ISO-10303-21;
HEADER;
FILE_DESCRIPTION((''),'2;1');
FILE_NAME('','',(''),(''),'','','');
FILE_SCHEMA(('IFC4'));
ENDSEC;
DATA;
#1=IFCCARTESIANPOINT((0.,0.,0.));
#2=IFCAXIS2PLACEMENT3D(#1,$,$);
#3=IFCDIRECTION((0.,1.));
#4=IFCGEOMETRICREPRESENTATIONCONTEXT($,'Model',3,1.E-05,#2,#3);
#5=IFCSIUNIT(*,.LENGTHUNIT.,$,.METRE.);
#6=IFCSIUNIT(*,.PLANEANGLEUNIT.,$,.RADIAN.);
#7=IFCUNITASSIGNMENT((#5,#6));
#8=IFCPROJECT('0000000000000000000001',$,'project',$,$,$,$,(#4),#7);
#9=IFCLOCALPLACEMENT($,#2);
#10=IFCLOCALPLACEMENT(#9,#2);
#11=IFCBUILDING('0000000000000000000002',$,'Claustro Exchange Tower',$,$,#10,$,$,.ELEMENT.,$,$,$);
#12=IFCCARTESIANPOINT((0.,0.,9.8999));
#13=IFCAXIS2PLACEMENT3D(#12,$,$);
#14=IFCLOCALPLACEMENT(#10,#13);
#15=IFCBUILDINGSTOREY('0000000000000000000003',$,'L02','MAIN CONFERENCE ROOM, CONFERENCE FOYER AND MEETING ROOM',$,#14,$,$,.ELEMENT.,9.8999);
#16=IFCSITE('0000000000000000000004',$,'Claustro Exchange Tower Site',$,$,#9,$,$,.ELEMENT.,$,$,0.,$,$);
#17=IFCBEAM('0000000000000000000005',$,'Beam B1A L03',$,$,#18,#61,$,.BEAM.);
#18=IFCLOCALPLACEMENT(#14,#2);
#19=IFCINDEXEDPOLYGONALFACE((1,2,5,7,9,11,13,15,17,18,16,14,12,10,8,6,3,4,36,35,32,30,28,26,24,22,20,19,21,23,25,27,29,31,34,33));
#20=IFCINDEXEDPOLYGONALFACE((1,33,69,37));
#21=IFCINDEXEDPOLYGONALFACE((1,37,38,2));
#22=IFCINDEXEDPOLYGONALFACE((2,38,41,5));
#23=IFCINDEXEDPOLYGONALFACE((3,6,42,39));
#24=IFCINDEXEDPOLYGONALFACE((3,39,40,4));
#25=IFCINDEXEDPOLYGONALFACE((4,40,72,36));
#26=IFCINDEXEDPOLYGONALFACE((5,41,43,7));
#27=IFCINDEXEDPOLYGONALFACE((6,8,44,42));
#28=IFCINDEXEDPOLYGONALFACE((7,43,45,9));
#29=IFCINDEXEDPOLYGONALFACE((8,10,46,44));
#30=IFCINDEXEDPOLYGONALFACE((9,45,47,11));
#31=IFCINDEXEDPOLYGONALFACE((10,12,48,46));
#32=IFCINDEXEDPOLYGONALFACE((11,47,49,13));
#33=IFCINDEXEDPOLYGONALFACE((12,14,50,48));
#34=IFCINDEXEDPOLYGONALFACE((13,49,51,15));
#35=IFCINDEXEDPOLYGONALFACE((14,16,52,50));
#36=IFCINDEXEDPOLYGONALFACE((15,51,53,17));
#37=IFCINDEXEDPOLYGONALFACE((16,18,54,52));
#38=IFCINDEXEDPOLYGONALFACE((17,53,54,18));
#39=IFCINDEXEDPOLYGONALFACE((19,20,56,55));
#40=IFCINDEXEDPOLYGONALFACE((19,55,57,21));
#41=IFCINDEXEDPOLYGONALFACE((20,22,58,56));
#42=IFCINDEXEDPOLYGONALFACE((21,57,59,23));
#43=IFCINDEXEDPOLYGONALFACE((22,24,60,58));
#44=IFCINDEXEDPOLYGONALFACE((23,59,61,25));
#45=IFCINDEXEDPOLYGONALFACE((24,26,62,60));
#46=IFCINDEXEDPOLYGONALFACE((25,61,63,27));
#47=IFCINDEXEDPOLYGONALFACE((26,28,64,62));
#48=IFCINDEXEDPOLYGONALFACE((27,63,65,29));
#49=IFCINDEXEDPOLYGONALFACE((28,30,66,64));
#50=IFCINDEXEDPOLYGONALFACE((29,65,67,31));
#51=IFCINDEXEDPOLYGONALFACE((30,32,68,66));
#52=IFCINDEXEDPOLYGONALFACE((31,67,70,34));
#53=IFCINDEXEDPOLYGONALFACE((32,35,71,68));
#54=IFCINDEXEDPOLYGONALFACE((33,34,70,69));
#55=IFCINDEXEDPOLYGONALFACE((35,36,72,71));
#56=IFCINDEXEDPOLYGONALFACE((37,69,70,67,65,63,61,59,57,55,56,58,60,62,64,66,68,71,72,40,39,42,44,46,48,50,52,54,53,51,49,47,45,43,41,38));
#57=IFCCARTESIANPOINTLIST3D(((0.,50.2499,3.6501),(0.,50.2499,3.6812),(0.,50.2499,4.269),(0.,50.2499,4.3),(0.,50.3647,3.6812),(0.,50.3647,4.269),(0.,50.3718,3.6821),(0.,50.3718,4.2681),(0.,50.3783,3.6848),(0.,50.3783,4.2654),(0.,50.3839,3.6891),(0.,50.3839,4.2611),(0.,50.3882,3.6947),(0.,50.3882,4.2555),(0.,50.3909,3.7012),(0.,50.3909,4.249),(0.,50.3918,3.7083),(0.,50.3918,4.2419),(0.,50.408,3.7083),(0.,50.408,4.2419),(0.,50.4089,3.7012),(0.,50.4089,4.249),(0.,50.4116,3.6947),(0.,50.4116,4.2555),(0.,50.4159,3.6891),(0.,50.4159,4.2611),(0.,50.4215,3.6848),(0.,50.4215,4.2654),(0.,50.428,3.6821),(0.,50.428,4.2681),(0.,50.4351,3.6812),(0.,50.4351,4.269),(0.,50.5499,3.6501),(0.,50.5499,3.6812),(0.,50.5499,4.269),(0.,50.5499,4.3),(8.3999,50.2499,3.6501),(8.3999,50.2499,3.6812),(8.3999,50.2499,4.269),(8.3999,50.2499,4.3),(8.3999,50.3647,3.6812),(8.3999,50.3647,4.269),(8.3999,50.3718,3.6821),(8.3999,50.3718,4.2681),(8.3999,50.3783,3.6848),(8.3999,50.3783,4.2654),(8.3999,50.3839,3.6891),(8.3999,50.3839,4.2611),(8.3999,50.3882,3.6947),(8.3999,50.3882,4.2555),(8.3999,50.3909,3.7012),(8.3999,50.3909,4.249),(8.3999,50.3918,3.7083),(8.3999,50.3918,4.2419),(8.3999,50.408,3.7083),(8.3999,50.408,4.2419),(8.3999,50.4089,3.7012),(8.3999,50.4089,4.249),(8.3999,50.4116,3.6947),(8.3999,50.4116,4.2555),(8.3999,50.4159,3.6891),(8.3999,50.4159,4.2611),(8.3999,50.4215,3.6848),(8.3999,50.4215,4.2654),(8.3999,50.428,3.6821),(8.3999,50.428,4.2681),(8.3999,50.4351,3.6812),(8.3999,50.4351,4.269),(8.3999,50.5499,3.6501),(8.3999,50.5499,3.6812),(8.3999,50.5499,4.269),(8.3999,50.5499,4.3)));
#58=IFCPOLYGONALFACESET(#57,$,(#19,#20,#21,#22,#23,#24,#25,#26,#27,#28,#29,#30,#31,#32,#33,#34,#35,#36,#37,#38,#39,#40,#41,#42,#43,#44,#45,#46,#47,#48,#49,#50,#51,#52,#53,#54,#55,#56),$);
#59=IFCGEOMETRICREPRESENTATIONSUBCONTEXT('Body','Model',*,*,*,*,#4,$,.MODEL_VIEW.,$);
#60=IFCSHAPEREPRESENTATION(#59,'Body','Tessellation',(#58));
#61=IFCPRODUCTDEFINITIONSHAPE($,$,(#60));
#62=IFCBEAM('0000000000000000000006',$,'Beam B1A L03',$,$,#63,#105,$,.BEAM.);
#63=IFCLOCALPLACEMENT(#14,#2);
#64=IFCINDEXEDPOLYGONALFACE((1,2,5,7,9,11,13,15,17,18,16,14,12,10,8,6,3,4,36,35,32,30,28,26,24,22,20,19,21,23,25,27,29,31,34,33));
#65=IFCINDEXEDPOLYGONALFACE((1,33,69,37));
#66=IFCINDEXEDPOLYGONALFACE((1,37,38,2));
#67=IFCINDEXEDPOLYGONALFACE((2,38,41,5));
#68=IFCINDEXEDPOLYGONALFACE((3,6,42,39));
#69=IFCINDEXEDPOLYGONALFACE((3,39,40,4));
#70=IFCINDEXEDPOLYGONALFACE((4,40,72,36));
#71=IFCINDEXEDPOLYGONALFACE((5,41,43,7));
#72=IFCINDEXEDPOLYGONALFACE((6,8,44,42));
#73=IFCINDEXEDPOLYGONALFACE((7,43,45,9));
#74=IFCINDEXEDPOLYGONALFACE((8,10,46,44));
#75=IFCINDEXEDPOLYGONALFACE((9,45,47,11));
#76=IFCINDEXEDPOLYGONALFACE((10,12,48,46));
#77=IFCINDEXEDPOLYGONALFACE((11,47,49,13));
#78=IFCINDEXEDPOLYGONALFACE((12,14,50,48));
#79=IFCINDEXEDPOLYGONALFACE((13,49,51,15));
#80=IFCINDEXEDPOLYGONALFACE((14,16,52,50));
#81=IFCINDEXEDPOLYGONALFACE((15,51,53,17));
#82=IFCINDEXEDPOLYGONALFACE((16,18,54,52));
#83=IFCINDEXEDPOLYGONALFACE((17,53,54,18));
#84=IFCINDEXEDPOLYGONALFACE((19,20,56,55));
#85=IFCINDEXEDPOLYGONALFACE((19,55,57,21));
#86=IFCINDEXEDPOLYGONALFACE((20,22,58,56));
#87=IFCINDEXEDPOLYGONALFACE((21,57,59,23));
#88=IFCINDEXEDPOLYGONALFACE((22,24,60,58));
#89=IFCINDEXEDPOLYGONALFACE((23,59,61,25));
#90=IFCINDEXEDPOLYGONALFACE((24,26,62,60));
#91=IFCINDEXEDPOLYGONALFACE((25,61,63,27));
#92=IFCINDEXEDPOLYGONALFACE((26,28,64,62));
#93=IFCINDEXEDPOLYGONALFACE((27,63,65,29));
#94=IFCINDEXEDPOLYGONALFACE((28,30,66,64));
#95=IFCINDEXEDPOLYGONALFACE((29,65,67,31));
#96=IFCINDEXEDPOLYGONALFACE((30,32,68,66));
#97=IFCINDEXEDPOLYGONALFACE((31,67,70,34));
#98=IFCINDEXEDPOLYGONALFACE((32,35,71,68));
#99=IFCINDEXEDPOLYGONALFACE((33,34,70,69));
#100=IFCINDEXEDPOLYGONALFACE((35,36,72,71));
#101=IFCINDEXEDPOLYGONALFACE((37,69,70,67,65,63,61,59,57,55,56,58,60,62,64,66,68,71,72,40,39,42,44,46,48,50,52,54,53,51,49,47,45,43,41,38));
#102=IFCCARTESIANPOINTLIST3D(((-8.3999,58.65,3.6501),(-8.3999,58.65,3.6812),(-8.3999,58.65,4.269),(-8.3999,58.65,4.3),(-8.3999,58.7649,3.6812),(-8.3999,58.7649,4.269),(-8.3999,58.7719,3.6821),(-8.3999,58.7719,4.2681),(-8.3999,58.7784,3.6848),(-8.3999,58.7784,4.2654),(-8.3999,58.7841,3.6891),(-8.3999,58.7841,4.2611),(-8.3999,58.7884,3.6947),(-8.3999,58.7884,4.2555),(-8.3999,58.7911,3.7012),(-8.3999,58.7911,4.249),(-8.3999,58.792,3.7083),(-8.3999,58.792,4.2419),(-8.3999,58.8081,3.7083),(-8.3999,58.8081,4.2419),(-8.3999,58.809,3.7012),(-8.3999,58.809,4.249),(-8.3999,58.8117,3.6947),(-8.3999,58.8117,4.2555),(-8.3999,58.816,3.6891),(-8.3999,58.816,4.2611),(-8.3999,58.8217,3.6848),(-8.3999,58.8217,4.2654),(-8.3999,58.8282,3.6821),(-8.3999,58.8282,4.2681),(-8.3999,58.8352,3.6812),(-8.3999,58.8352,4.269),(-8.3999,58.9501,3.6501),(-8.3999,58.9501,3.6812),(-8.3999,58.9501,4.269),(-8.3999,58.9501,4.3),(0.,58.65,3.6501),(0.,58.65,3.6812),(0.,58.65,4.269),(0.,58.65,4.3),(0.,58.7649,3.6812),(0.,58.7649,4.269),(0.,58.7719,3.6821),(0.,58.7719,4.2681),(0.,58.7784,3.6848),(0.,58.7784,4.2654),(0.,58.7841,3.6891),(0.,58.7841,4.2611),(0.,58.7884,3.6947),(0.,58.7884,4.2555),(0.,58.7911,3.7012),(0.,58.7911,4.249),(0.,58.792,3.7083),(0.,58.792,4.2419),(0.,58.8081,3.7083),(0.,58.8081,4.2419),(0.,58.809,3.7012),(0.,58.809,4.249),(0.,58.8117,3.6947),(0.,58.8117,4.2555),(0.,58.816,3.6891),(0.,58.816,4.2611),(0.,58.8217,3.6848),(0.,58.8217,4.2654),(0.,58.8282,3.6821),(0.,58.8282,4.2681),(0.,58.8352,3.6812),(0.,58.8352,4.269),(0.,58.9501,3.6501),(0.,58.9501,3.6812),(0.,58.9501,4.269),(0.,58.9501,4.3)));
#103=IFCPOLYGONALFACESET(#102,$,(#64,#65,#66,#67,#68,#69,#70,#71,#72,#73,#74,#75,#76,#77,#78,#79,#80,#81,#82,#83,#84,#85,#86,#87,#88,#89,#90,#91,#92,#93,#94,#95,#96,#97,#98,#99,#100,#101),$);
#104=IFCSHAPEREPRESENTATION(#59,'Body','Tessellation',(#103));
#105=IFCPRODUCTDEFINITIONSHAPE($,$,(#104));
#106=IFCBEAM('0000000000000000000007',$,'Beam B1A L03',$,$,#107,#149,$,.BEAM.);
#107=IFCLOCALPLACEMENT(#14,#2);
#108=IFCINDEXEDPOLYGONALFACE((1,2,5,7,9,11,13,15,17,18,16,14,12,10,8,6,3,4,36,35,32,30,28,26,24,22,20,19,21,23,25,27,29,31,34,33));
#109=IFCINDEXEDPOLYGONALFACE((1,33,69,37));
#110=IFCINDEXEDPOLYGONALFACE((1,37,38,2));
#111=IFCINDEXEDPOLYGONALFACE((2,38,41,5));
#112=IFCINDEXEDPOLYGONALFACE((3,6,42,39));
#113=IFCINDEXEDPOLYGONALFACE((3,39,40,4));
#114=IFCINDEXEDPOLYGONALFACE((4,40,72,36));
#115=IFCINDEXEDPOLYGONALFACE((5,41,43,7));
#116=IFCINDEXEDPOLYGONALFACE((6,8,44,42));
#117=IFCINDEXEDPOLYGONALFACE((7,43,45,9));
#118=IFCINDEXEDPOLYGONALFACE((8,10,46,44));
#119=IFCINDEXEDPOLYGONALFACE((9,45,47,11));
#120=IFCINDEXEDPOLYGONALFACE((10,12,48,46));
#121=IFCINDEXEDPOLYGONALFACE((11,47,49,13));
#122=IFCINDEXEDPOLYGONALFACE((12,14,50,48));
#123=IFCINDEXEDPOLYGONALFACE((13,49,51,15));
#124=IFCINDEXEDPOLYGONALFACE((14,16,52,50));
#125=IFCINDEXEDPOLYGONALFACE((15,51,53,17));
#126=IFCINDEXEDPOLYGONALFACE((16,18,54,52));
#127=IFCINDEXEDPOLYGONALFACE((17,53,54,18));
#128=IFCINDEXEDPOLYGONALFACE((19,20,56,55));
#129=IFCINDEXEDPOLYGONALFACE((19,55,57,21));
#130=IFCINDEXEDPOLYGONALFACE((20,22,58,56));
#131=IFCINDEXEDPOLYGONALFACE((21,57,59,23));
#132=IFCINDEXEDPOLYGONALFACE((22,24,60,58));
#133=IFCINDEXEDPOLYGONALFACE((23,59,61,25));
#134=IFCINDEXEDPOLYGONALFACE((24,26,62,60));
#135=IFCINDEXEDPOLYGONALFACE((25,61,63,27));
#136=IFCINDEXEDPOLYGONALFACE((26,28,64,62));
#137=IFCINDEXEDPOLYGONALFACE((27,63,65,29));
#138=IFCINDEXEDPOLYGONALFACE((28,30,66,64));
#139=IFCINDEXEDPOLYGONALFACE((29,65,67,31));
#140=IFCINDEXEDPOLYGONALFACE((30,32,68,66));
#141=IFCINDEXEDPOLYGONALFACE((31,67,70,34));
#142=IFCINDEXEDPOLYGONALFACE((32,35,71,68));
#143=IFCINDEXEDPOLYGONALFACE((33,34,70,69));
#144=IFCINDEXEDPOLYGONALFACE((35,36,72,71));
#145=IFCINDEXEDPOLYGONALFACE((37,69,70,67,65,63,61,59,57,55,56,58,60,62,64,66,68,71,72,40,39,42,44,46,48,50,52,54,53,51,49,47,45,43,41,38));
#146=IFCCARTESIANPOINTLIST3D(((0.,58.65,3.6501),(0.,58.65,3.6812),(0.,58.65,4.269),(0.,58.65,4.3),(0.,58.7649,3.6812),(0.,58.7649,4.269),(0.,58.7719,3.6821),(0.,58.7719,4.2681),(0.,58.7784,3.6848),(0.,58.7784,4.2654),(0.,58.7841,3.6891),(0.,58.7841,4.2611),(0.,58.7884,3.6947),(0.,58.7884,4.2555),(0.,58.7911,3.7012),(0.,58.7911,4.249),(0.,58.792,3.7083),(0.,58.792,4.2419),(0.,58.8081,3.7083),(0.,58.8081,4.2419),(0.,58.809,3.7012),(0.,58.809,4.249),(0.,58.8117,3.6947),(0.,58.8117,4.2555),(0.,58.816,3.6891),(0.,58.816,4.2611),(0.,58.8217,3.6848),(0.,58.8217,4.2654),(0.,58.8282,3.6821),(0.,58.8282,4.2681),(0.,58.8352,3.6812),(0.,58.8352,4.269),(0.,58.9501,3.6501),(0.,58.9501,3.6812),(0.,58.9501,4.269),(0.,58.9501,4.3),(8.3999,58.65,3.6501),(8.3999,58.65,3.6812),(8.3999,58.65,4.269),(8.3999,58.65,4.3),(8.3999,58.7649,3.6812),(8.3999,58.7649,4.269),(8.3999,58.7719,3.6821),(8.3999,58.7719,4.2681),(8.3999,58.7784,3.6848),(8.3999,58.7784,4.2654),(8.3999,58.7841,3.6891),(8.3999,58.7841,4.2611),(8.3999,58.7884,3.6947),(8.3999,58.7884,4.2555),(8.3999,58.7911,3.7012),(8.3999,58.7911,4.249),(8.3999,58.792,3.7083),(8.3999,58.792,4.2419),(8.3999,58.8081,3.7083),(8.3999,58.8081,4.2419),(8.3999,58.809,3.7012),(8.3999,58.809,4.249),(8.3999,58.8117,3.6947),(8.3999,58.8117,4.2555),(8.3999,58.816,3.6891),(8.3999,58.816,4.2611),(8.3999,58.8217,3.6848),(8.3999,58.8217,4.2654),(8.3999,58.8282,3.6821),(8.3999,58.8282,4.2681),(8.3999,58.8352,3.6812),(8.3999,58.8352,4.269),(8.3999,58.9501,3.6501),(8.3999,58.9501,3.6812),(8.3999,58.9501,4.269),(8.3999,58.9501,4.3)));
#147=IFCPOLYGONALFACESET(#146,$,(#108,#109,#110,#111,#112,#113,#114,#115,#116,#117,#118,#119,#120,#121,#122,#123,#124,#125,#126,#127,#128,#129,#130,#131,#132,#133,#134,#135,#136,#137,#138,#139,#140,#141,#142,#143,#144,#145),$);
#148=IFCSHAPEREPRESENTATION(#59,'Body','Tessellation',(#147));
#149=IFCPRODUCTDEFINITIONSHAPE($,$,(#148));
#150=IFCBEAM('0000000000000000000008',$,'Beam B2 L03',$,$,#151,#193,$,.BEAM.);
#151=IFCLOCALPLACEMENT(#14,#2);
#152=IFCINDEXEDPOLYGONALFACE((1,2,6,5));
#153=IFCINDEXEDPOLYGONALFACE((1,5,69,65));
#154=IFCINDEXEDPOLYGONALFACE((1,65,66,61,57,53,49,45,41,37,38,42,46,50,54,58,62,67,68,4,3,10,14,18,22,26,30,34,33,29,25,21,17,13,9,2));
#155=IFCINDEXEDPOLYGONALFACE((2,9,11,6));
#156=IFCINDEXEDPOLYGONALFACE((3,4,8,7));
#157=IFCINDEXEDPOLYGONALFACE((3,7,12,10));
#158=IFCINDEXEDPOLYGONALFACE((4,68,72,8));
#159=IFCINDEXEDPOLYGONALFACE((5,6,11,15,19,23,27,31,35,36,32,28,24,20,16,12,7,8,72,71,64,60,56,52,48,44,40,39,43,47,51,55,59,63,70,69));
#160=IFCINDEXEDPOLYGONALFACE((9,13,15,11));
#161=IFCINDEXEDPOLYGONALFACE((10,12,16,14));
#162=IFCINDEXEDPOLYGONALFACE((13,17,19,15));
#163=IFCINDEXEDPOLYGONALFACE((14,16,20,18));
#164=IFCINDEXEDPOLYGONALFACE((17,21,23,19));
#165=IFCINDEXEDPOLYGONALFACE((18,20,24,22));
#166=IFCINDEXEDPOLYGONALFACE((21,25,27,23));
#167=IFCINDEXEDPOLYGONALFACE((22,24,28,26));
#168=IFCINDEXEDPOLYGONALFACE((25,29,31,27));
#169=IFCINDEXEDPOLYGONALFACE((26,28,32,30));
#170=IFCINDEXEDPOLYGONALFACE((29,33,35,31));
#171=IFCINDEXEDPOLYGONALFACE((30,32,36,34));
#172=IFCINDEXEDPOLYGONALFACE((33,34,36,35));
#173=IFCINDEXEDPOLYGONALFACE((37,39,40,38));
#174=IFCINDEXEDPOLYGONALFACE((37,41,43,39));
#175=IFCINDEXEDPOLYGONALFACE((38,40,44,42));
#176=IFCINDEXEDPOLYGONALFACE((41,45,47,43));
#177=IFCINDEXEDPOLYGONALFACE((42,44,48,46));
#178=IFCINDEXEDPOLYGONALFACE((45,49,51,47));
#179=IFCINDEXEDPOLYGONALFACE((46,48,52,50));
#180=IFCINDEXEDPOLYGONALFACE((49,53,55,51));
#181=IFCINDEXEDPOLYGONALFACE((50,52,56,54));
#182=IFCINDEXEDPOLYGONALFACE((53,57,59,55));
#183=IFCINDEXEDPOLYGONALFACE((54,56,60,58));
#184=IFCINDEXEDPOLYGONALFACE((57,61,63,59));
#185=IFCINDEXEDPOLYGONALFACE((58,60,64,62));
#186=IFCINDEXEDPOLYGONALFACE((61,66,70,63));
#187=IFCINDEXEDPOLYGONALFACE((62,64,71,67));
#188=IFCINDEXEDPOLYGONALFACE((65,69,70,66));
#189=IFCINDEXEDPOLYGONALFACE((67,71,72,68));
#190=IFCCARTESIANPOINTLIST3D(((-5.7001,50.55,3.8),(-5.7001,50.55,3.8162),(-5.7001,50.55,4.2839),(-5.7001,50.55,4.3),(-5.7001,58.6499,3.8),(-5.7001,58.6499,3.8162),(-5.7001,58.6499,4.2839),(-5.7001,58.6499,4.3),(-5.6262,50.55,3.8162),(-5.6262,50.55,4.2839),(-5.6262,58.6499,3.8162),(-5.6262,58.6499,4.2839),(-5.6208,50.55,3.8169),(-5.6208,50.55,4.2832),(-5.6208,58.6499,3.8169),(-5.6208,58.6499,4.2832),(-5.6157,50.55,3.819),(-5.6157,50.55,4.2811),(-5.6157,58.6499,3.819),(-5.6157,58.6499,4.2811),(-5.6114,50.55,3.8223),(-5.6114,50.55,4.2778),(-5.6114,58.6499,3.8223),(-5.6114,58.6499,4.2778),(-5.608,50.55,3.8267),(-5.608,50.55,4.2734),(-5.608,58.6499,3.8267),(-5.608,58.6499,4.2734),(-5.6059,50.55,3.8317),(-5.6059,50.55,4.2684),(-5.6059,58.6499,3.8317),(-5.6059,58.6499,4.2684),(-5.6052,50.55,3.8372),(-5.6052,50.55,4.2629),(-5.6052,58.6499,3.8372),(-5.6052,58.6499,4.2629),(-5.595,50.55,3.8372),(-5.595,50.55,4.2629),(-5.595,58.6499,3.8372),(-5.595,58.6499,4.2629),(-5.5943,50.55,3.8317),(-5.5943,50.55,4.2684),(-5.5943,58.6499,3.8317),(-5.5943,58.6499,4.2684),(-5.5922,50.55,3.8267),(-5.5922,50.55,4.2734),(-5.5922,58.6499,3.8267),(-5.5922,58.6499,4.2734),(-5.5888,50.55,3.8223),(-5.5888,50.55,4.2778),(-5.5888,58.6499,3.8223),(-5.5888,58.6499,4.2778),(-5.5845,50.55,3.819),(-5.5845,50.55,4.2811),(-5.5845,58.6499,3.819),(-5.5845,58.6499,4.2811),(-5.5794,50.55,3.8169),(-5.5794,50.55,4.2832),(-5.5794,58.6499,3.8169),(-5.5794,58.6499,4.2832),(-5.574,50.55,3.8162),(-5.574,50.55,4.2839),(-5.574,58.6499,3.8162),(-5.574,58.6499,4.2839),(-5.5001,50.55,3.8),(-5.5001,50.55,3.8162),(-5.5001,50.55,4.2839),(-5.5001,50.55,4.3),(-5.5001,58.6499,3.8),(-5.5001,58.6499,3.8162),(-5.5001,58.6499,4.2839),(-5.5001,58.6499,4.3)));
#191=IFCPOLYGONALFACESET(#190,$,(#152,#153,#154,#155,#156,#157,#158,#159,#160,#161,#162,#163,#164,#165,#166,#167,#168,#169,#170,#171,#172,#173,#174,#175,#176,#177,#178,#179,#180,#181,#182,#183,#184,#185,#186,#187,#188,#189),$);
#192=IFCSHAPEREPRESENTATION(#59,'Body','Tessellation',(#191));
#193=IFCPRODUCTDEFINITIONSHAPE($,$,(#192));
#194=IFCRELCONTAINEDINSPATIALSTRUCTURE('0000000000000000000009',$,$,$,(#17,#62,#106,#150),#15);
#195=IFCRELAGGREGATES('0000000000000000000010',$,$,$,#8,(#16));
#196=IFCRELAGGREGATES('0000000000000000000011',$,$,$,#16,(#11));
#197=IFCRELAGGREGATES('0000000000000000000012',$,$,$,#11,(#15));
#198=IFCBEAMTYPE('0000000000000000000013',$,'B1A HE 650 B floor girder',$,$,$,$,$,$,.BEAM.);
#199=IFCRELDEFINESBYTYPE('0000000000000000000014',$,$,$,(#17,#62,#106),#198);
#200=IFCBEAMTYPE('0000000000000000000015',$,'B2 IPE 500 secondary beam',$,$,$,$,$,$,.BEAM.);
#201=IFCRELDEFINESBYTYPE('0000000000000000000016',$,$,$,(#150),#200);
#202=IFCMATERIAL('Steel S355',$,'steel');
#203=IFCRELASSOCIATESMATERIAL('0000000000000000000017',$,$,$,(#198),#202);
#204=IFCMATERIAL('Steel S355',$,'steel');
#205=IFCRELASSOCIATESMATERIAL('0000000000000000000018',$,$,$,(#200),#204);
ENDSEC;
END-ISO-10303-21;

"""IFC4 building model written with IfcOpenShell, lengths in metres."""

from ifc_helpers import new_model, si_unit, direction, frame, origin, origin_2d, place, context, subcontext, project, spatial, i_section, extrude, material, material_profile, profile_set, type_object, element, save


model = new_model("IFC4")

# Units and contexts
model_context = context("Model", 3, precision=1e-05, world=origin(), true_north=direction((0.0, 1.0)))
body_context = subcontext(model_context, "Body", "Model", "MODEL_VIEW")
ifc_project = project(units=[si_unit("LENGTHUNIT", "METRE"), si_unit("PLANEANGLEUNIT", "RADIAN")], contexts=[model_context])

# Site, building, storey
site_placement = place(None, origin())
site = spatial("IfcSite", under=ifc_project, at=site_placement, Name="Claustro Exchange Tower Site", CompositionType="ELEMENT", RefElevation=0.0)
building_placement = place(site_placement, origin())
building = spatial("IfcBuilding", under=site, at=building_placement, Name="Claustro Exchange Tower", CompositionType="ELEMENT")
storey_placement = place(building_placement, frame((0.0, 0.0, 9.8999)))
storey = spatial("IfcBuildingStorey", under=building, at=storey_placement, Name="L02", Description="MAIN CONFERENCE ROOM, CONFERENCE FOYER AND MEETING ROOM", CompositionType="ELEMENT", Elevation=9.8999)

# Beams
ifc_material_1 = material(Name="Steel S355", Category="steel")
ifc_material_profile_1 = material_profile(ifc_material_1, i_section(OverallWidth=0.3, OverallDepth=0.6499, WebThickness=0.0161, FlangeThickness=0.031, FilletRadius=0.0271, at=origin_2d()), Name="HE 650 B")
ifc_profile_set_1 = profile_set([ifc_material_profile_1], Name="Steel S355")
beam_type_1 = type_object("IfcBeamType", Name="B1A HE 650 B floor girder", PredefinedType="BEAM", material=ifc_profile_set_1)
for number, where, z_axis, x_axis, name in (
    (1, (0.0, 50.3999, 3.9751), (1.0, 0.0, 0.0), (0.0, 1.0, 0.0), "Beam B1A L03"),
    (2, (-8.3999, 58.8, 3.9751), (1.0, 0.0, 0.0), (0.0, 1.0, 0.0), "Beam B1A L03"),
    (3, (0.0, 58.8, 3.9751), (1.0, 0.0, 0.0), (0.0, 1.0, 0.0), "Beam B1A L03"),
):
    element("IfcBeam", number, at=place(storey_placement, frame(where, z_axis=z_axis, x_axis=x_axis)), inside=storey, type_object=beam_type_1, Name=name, PredefinedType="BEAM", context=body_context, shape_type="SweptSolid", body=[
        extrude(i_section(OverallWidth=0.3, OverallDepth=0.6499, WebThickness=0.0161, FlangeThickness=0.031, FilletRadius=0.0271, at=origin_2d()), origin(), (0.0, 0.0, 1.0), 8.3999),
    ])
ifc_material_2 = material(Name="Steel S355", Category="steel")
ifc_material_profile_2 = material_profile(ifc_material_2, i_section(OverallWidth=0.2, OverallDepth=0.5, WebThickness=0.0103, FlangeThickness=0.0161, FilletRadius=0.021, at=origin_2d()), Name="IPE 500")
ifc_profile_set_2 = profile_set([ifc_material_profile_2], Name="Steel S355")
beam_type_2 = type_object("IfcBeamType", Name="B2 IPE 500 secondary beam", PredefinedType="BEAM", material=ifc_profile_set_2)
for number, where, z_axis, x_axis, name in (
    (4, (-5.6001, 50.55, 4.05), (0.0, 1.0, 0.0), (-1.0, 0.0, 0.0), "Beam B2 L03"),
):
    element("IfcBeam", number, at=place(storey_placement, frame(where, z_axis=z_axis, x_axis=x_axis)), inside=storey, type_object=beam_type_2, Name=name, PredefinedType="BEAM", context=body_context, shape_type="SweptSolid", body=[
        extrude(i_section(OverallWidth=0.2, OverallDepth=0.5, WebThickness=0.0103, FlangeThickness=0.0161, FilletRadius=0.021, at=origin_2d()), origin(), (0.0, 0.0, 1.0), 8.0999),
    ])

save(model, "model.ifc")
